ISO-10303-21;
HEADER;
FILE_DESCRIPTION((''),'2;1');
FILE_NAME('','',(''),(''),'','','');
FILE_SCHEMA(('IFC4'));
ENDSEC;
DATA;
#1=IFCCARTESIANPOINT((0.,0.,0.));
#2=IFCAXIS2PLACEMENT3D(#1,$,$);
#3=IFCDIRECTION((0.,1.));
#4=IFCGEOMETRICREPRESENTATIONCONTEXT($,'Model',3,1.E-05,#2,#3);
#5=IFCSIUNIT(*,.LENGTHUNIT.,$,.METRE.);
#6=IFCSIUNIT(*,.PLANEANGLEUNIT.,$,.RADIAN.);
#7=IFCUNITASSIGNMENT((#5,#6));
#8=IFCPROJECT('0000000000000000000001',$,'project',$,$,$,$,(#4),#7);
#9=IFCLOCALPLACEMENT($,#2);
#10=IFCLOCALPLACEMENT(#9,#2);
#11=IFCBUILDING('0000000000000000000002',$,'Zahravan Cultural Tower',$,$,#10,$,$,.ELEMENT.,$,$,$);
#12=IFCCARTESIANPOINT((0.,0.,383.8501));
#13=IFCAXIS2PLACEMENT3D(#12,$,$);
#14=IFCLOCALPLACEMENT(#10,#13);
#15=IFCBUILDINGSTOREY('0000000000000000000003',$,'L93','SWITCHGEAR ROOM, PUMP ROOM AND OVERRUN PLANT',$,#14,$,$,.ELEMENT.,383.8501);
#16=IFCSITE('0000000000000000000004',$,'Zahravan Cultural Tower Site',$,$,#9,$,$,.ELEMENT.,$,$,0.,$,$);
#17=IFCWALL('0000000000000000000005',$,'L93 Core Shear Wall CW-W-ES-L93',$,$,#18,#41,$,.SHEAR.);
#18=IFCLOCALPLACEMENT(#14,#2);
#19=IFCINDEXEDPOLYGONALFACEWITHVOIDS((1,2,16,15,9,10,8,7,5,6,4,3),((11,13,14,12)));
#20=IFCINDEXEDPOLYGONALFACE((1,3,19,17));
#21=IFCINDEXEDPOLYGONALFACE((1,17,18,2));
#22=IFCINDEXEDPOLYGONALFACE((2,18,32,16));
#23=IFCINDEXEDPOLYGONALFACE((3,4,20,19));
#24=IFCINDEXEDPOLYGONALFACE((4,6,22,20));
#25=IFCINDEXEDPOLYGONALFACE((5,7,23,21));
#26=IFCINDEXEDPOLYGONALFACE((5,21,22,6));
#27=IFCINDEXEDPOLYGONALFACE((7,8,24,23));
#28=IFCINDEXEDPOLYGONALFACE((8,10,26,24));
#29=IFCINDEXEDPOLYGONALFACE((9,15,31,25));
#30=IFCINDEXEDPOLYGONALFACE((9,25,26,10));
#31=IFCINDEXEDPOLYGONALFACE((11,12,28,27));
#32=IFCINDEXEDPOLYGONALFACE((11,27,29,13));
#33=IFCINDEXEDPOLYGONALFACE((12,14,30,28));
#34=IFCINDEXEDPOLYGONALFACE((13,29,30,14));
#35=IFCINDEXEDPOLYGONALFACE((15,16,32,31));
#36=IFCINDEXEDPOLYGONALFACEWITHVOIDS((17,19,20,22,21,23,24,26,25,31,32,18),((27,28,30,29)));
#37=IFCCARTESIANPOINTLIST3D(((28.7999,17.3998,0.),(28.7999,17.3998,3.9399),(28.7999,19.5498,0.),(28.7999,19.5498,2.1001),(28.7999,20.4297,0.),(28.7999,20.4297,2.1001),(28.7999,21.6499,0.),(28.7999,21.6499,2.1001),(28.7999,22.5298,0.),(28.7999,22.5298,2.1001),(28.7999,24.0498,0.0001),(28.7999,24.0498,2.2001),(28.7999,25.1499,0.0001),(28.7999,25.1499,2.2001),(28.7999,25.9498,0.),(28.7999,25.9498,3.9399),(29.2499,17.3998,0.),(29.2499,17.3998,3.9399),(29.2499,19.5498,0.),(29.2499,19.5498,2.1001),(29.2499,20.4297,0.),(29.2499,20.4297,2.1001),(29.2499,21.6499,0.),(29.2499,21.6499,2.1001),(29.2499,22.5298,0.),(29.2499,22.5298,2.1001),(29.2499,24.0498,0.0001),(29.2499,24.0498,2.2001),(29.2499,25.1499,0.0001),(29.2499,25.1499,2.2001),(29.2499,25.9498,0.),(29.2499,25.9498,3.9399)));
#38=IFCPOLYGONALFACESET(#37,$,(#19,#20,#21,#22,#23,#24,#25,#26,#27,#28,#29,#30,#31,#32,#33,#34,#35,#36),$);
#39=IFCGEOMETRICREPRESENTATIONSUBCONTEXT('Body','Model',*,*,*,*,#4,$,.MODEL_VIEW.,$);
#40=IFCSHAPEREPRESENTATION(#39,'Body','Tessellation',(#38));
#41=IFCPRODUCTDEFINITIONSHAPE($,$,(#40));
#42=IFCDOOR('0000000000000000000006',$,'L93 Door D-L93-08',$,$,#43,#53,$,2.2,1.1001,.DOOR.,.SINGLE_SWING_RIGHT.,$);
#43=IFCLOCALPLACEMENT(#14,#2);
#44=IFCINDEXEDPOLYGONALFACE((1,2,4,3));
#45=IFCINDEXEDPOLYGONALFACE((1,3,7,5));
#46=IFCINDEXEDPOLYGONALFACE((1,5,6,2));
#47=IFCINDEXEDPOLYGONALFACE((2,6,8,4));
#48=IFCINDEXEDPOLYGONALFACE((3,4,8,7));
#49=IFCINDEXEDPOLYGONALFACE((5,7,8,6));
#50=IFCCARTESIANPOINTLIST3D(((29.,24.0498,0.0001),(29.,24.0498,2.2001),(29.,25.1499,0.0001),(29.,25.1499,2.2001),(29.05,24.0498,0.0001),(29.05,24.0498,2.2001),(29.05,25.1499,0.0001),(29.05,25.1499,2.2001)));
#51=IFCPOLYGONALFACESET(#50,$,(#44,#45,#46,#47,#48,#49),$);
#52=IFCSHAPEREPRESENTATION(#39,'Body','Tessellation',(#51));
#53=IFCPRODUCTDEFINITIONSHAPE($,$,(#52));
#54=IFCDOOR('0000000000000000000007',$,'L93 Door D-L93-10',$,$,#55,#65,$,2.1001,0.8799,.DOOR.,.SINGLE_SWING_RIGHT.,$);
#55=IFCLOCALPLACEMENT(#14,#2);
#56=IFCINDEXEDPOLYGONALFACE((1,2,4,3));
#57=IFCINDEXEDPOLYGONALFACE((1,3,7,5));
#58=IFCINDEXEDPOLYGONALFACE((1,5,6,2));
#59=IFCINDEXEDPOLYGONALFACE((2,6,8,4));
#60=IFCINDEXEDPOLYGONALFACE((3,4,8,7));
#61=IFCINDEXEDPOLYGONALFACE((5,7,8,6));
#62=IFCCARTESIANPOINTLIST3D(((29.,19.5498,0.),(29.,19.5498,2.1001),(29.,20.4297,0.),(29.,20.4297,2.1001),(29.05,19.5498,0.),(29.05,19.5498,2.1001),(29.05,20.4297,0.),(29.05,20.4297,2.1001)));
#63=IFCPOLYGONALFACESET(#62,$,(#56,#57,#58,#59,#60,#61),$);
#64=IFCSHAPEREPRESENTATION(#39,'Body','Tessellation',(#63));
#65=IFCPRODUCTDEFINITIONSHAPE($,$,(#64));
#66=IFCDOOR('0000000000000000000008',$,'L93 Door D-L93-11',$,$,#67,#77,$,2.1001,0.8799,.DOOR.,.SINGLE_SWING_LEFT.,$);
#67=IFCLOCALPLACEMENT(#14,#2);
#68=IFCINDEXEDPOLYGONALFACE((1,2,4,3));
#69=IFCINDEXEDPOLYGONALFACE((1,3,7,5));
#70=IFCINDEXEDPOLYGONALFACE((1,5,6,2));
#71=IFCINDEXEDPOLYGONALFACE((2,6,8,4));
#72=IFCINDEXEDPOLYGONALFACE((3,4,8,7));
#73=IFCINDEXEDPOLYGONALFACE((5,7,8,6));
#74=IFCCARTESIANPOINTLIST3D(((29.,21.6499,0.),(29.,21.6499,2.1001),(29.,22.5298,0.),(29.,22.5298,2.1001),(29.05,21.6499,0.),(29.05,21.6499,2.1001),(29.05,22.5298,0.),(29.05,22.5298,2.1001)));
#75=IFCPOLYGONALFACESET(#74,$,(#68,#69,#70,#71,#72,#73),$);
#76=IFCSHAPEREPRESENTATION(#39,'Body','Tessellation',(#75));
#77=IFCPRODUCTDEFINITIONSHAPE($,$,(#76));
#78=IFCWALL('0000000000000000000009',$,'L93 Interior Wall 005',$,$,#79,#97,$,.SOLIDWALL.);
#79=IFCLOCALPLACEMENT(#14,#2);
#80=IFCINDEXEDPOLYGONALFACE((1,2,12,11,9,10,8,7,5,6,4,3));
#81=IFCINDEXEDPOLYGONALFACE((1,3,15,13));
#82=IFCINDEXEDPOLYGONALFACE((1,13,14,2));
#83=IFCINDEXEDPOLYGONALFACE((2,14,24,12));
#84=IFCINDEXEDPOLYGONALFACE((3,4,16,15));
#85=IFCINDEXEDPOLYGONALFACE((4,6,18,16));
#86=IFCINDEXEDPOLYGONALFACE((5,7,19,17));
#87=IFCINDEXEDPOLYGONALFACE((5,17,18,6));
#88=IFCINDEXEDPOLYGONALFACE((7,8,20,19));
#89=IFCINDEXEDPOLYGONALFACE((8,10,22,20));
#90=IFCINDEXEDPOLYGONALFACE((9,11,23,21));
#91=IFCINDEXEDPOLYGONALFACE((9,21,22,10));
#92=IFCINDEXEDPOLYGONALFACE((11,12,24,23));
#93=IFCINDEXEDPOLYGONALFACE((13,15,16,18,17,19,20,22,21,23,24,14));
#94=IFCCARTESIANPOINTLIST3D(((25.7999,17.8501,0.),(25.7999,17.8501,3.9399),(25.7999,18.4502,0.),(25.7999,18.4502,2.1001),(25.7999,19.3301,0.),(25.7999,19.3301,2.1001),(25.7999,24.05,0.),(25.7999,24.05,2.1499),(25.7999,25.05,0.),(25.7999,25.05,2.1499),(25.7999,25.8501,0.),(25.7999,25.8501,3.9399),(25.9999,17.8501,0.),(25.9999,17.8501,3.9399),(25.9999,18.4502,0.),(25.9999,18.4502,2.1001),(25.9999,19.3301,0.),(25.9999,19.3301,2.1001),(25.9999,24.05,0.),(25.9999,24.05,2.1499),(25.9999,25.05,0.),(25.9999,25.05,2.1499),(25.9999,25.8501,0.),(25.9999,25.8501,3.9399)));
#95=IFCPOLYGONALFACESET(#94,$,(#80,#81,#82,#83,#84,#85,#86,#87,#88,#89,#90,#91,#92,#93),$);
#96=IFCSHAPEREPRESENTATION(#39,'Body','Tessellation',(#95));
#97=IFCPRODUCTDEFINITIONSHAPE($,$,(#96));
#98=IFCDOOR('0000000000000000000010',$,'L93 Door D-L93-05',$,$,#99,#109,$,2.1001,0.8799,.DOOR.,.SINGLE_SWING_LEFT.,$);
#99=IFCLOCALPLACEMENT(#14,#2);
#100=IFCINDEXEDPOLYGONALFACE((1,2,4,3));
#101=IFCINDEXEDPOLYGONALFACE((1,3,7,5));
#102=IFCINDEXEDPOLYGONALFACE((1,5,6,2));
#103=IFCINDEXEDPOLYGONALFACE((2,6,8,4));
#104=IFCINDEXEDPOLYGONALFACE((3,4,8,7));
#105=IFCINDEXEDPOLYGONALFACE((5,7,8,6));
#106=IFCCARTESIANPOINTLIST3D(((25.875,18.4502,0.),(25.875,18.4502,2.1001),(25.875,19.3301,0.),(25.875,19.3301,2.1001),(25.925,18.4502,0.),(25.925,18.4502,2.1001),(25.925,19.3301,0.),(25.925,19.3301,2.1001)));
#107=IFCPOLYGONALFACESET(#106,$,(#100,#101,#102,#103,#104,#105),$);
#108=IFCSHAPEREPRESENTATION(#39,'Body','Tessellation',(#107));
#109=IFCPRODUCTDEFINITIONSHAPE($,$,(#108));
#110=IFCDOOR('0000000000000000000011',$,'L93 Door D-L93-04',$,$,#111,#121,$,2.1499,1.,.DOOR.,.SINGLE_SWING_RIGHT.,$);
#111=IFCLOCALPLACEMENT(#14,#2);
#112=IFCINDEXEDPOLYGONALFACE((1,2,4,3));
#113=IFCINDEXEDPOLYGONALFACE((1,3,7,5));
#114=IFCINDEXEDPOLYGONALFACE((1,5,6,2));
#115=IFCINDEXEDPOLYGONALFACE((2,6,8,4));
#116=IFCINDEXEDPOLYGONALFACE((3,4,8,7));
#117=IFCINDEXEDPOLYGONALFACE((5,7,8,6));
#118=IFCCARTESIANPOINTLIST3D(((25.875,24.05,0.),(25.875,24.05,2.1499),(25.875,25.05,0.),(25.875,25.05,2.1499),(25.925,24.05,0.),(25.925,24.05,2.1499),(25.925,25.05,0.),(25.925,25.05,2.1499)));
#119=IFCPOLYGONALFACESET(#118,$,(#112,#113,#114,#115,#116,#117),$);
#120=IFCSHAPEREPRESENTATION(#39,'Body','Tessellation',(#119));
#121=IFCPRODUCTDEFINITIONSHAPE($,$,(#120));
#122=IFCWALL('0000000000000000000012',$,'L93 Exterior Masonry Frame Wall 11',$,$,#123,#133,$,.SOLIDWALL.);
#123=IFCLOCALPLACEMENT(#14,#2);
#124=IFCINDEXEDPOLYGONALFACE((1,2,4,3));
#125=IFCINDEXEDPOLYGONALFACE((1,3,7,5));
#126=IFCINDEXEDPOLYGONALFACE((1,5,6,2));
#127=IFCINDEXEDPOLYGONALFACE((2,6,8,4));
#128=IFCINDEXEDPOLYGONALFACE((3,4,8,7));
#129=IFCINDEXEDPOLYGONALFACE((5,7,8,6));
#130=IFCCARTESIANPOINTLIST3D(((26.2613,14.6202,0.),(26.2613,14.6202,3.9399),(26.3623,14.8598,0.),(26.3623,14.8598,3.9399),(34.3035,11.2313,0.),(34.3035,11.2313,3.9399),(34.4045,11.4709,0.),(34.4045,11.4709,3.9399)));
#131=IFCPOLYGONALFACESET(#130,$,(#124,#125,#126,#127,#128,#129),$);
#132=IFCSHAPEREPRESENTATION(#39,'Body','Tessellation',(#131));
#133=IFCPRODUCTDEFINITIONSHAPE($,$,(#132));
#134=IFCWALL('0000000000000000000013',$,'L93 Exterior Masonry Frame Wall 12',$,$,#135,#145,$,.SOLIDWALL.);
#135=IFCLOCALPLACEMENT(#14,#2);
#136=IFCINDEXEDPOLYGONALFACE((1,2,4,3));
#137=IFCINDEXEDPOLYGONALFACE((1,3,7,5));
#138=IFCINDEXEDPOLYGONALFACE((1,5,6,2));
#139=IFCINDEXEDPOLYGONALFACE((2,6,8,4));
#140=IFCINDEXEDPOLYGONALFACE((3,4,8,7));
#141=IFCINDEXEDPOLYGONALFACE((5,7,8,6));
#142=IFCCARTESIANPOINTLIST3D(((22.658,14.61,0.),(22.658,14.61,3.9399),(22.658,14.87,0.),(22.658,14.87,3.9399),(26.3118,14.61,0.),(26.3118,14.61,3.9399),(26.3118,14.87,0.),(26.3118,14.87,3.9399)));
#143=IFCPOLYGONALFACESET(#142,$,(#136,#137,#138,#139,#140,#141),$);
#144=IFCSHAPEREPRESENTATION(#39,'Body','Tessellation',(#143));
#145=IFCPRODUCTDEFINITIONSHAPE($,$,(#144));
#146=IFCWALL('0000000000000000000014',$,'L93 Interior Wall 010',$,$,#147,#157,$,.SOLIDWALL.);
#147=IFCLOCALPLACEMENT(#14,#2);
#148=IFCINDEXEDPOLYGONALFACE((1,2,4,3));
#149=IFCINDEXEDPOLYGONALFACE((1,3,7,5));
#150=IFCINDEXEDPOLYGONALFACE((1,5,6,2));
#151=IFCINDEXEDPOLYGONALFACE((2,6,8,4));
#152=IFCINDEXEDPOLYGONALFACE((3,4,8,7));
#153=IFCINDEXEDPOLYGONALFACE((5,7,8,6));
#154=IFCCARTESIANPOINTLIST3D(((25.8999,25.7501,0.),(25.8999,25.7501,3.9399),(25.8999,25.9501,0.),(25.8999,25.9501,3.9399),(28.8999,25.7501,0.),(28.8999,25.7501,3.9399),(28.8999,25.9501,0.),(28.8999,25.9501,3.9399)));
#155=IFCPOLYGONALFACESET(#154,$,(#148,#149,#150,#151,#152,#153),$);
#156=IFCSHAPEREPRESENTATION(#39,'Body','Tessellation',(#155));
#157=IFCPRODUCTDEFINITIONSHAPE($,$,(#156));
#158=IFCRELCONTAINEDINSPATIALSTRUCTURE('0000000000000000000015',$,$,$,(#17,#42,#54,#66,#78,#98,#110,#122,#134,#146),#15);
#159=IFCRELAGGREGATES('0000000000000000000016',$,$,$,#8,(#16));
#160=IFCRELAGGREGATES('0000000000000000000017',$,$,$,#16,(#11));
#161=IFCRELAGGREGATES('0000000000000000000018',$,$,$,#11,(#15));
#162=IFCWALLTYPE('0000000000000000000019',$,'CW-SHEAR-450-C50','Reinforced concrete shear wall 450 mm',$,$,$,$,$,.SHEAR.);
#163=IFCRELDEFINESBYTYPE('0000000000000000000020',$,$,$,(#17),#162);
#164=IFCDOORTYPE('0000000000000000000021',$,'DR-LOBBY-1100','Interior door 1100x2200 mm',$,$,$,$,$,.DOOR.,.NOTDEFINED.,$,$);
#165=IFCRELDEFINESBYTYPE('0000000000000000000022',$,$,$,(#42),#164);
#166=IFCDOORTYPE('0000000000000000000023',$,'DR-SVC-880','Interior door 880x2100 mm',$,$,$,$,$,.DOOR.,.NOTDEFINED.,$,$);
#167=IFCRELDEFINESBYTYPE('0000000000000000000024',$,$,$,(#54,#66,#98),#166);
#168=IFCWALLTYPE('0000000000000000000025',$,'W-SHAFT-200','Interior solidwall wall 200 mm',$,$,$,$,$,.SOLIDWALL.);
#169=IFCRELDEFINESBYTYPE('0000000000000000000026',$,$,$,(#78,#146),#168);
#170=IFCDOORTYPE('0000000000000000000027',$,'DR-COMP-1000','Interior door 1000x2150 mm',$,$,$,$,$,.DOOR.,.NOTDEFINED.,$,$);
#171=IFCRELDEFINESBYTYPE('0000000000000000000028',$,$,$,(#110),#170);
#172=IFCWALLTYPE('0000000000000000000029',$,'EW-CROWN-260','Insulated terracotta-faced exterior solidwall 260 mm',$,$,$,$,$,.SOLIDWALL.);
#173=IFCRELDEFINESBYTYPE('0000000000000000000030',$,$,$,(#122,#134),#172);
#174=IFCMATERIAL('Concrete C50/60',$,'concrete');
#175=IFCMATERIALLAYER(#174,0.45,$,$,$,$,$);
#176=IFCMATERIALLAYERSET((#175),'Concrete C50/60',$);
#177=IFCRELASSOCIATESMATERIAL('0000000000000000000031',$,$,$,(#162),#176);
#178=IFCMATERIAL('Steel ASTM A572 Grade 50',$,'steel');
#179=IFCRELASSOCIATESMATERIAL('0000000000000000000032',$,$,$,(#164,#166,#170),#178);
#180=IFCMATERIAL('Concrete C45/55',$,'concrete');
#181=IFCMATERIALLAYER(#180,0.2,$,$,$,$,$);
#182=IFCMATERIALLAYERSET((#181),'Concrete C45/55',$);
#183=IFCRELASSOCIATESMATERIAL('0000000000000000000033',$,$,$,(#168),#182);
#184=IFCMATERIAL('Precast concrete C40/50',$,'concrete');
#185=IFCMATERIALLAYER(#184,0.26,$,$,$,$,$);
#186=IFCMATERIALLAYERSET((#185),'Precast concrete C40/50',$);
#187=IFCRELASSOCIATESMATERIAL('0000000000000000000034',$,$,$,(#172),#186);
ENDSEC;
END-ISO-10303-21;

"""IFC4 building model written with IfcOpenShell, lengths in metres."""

from ifc_helpers import new_model, si_unit, direction, frame, frame_2d, origin, place, context, subcontext, project, spatial, rectangle, extrude, source, transform, mapped, material, layer, layer_set, type_object, element, fill, save


model = new_model("IFC4")

# Units and contexts
model_context = context("Model", 3, precision=1e-05, world=origin(), true_north=direction((0.0, 1.0)))
body_context = subcontext(model_context, "Body", "Model", "MODEL_VIEW")
ifc_project = project(units=[si_unit("LENGTHUNIT", "METRE"), si_unit("PLANEANGLEUNIT", "RADIAN")], contexts=[model_context])

# Site, building, storey
site_placement = place(None, origin())
site = spatial("IfcSite", under=ifc_project, at=site_placement, Name="Zahravan Cultural Tower Site", CompositionType="ELEMENT", RefElevation=0.0)
building_placement = place(site_placement, origin())
building = spatial("IfcBuilding", under=site, at=building_placement, Name="Zahravan Cultural Tower", CompositionType="ELEMENT")
storey_placement = place(building_placement, frame((0.0, 0.0, 383.8501)))
storey = spatial("IfcBuildingStorey", under=building, at=storey_placement, Name="L93", Description="SWITCHGEAR ROOM, PUMP ROOM AND OVERRUN PLANT", CompositionType="ELEMENT", Elevation=383.8501)

# Shared definitions
ifc_material_1 = material(Name="Concrete C45/55", Category="concrete")

# Shared definitions
ifc_material_2 = material(Name="Concrete C50/60", Category="concrete")

# Wall, openings, doors
ifc_layer_1 = layer(ifc_material_2, 0.45)
ifc_layer_set_1 = layer_set([ifc_layer_1], Name="Concrete C50/60")
wall_type_1 = type_object("IfcWallType", Name="CW-SHEAR-450-C50", Description="Reinforced concrete shear wall 450 mm", PredefinedType="SHEAR", material=ifc_layer_set_1)
wall_1_placement = place(storey_placement, frame((29.0249, 17.3999, 0.0), z_axis=(0.0, 0.0, 1.0), x_axis=(0.0, 1.0, 0.0)))
wall_1 = element("IfcWall", 1, at=wall_1_placement, inside=storey, type_object=wall_type_1, Name="L93 Core Shear Wall CW-W-ES-L93", PredefinedType="SHEAR", context=body_context, shape_type="SweptSolid", body=[
    extrude(rectangle(XDim=8.55, YDim=0.45, at=frame_2d((4.2749, 0.0))), origin(), (0.0, 0.0, 1.0), 3.9399),
])
opening_1_placement = place(wall_1_placement, frame((6.6499, 0.0, 0.0)))
opening_1 = element("IfcOpeningElement", 2, at=opening_1_placement, cuts=wall_1, PredefinedType="OPENING", context=body_context, shape_type="SweptSolid", body=[
    extrude(rectangle(XDim=1.1001, YDim=2.2, at=frame_2d((0.55, 1.1001))), frame((0.0, 0.2349, 0.0), z_axis=(0.0, -1.0, 0.0), x_axis=(1.0, 0.0, 0.0)), (0.0, 0.0, 1.0), 0.47),
])
opening_2_placement = place(wall_1_placement, frame((2.1499, 0.0, 0.0)))
opening_2 = element("IfcOpeningElement", 3, at=opening_2_placement, cuts=wall_1, PredefinedType="OPENING", context=body_context, shape_type="SweptSolid", body=[
    extrude(rectangle(XDim=0.8799, YDim=2.1001, at=frame_2d((0.4399, 1.05))), frame((0.0, 0.2349, 0.0), z_axis=(0.0, -1.0, 0.0), x_axis=(1.0, 0.0, 0.0)), (0.0, 0.0, 1.0), 0.47),
])
opening_3_placement = place(wall_1_placement, frame((4.25, 0.0, 0.0)))
opening_3 = element("IfcOpeningElement", 4, at=opening_3_placement, cuts=wall_1, PredefinedType="OPENING", context=body_context, shape_type="SweptSolid", body=[
    extrude(rectangle(XDim=0.8799, YDim=2.1001, at=frame_2d((0.4399, 1.05))), frame((0.0, 0.2349, 0.0), z_axis=(0.0, -1.0, 0.0), x_axis=(1.0, 0.0, 0.0)), (0.0, 0.0, 1.0), 0.47),
])
ifc_material_3 = material(Name="Steel ASTM A572 Grade 50", Category="steel")
door_type_1 = type_object("IfcDoorType", Name="DR-LOBBY-1100", Description="Interior door 1100x2200 mm", OperationType="NOTDEFINED", PredefinedType="DOOR", material=ifc_material_3)
shared_shape_1 = source(origin(), body_context, "Body", "SweptSolid", [
    extrude(rectangle(XDim=1.1001, YDim=2.2, at=frame_2d((0.55, 1.1001))), frame((0.0, 0.0249, 0.0), z_axis=(0.0, -1.0, 0.0), x_axis=(1.0, 0.0, 0.0)), (0.0, 0.0, 1.0), 0.05),
])
door_1_placement = place(opening_1_placement, origin())
door_1 = element("IfcDoor", 5, at=door_1_placement, inside=storey, type_object=door_type_1, Name="L93 Door D-L93-08", OperationType="SINGLE_SWING_RIGHT", OverallHeight=2.2, OverallWidth=1.1001, PredefinedType="DOOR", context=body_context, shape_type="MappedRepresentation", body=[
    mapped(shared_shape_1, transform((0.0, 0.0, 0.0), x_axis=(1.0, 0.0, 0.0), y_axis=(0.0, 1.0, 0.0), z_axis=(0.0, 0.0, 1.0), scale=1.0)),
])
fill(opening_1, door_1)
door_type_2 = type_object("IfcDoorType", Name="DR-SVC-880", Description="Interior door 880x2100 mm", OperationType="NOTDEFINED", PredefinedType="DOOR", material=ifc_material_3)
shared_shape_2 = source(origin(), body_context, "Body", "SweptSolid", [
    extrude(rectangle(XDim=0.8799, YDim=2.1001, at=frame_2d((0.4399, 1.05))), frame((0.0, 0.0249, 0.0), z_axis=(0.0, -1.0, 0.0), x_axis=(1.0, 0.0, 0.0)), (0.0, 0.0, 1.0), 0.05),
])
door_2_placement = place(opening_2_placement, origin())
door_2 = element("IfcDoor", 6, at=door_2_placement, inside=storey, type_object=door_type_2, Name="L93 Door D-L93-10", OperationType="SINGLE_SWING_RIGHT", OverallHeight=2.1001, OverallWidth=0.8799, PredefinedType="DOOR", context=body_context, shape_type="MappedRepresentation", body=[
    mapped(shared_shape_2, transform((0.0, 0.0, 0.0), x_axis=(1.0, 0.0, 0.0), y_axis=(0.0, 1.0, 0.0), z_axis=(0.0, 0.0, 1.0), scale=1.0)),
])
fill(opening_2, door_2)
door_3_placement = place(opening_3_placement, origin())
door_3 = element("IfcDoor", 7, at=door_3_placement, inside=storey, type_object=door_type_2, Name="L93 Door D-L93-11", OperationType="SINGLE_SWING_LEFT", OverallHeight=2.1001, OverallWidth=0.8799, PredefinedType="DOOR", context=body_context, shape_type="MappedRepresentation", body=[
    mapped(shared_shape_2, transform((0.0, 0.0, 0.0), x_axis=(1.0, 0.0, 0.0), y_axis=(0.0, 1.0, 0.0), z_axis=(0.0, 0.0, 1.0), scale=1.0)),
])
fill(opening_3, door_3)

# Shared definitions
door_type_3 = type_object("IfcDoorType", Name="DR-COMP-1000", Description="Interior door 1000x2150 mm", OperationType="NOTDEFINED", PredefinedType="DOOR", material=ifc_material_3)
shared_shape_3 = source(origin(), body_context, "Body", "SweptSolid", [
    extrude(rectangle(XDim=1.0, YDim=2.1499, at=frame_2d((0.5, 1.075))), frame((0.0, 0.0249, 0.0), z_axis=(0.0, -1.0, 0.0), x_axis=(1.0, 0.0, 0.0)), (0.0, 0.0, 1.0), 0.05),
])

# Wall, openings, doors
ifc_layer_2 = layer(ifc_material_1, 0.2)
ifc_layer_set_2 = layer_set([ifc_layer_2], Name="Concrete C45/55")
wall_type_2 = type_object("IfcWallType", Name="W-SHAFT-200", Description="Interior solidwall wall 200 mm", PredefinedType="SOLIDWALL", material=ifc_layer_set_2)
wall_2_placement = place(storey_placement, frame((25.8999, 17.8501, 0.0), z_axis=(0.0, 0.0, 1.0), x_axis=(0.0, 1.0, 0.0)))
wall_2 = element("IfcWall", 8, at=wall_2_placement, inside=storey, type_object=wall_type_2, Name="L93 Interior Wall 005", PredefinedType="SOLIDWALL", context=body_context, shape_type="SweptSolid", body=[
    extrude(rectangle(XDim=8.0, YDim=0.2, at=frame_2d((4.0, 0.0))), origin(), (0.0, 0.0, 1.0), 3.9399),
])
opening_4_placement = place(wall_2_placement, frame((6.2, 0.0, 0.0)))
opening_4 = element("IfcOpeningElement", 9, at=opening_4_placement, cuts=wall_2, PredefinedType="OPENING", context=body_context, shape_type="SweptSolid", body=[
    extrude(rectangle(XDim=1.0, YDim=2.1499, at=frame_2d((0.5, 1.075))), frame((0.0, 0.1099, 0.0), z_axis=(0.0, -1.0, 0.0), x_axis=(1.0, 0.0, 0.0)), (0.0, 0.0, 1.0), 0.22),
])
opening_5_placement = place(wall_2_placement, frame((0.6001, 0.0, 0.0)))
opening_5 = element("IfcOpeningElement", 10, at=opening_5_placement, cuts=wall_2, PredefinedType="OPENING", context=body_context, shape_type="SweptSolid", body=[
    extrude(rectangle(XDim=0.8799, YDim=2.1001, at=frame_2d((0.4399, 1.05))), frame((0.0, 0.1099, 0.0), z_axis=(0.0, -1.0, 0.0), x_axis=(1.0, 0.0, 0.0)), (0.0, 0.0, 1.0), 0.22),
])
door_4_placement = place(opening_5_placement, origin())
door_4 = element("IfcDoor", 11, at=door_4_placement, inside=storey, type_object=door_type_2, Name="L93 Door D-L93-05", OperationType="SINGLE_SWING_LEFT", OverallHeight=2.1001, OverallWidth=0.8799, PredefinedType="DOOR", context=body_context, shape_type="MappedRepresentation", body=[
    mapped(shared_shape_2, transform((0.0, 0.0, 0.0), x_axis=(1.0, 0.0, 0.0), y_axis=(0.0, 1.0, 0.0), z_axis=(0.0, 0.0, 1.0), scale=1.0)),
])
fill(opening_5, door_4)
door_5_placement = place(opening_4_placement, origin())
door_5 = element("IfcDoor", 12, at=door_5_placement, inside=storey, type_object=door_type_3, Name="L93 Door D-L93-04", OperationType="SINGLE_SWING_RIGHT", OverallHeight=2.1499, OverallWidth=1.0, PredefinedType="DOOR", context=body_context, shape_type="MappedRepresentation", body=[
    mapped(shared_shape_3, transform((0.0, 0.0, 0.0), x_axis=(1.0, 0.0, 0.0), y_axis=(0.0, 1.0, 0.0), z_axis=(0.0, 0.0, 1.0), scale=1.0)),
])
fill(opening_4, door_5)

# Walls
ifc_material_4 = material(Name="Precast concrete C40/50", Category="concrete")
ifc_layer_3 = layer(ifc_material_4, 0.26)
ifc_layer_set_3 = layer_set([ifc_layer_3], Name="Precast concrete C40/50")
wall_type_3 = type_object("IfcWallType", Name="EW-CROWN-260", Description="Insulated terracotta-faced exterior solidwall 260 mm", PredefinedType="SOLIDWALL", material=ifc_layer_set_3)
shared_shape_4 = source(origin(), body_context, "Body", "SweptSolid", [
    extrude(rectangle(XDim=8.7271, YDim=0.26, at=frame_2d((4.3635, 0.0))), origin(), (0.0, 0.0, 1.0), 3.9399),
])
wall_3_placement = place(storey_placement, frame((34.354, 11.3511, 0.0), z_axis=(0.0, 0.0, 1.0), x_axis=(-0.921524, 0.388321, 0.0)))
element("IfcWall", 13, at=wall_3_placement, inside=storey, type_object=wall_type_3, Name="L93 Exterior Masonry Frame Wall 11", PredefinedType="SOLIDWALL", context=body_context, shape_type="MappedRepresentation", body=[
    mapped(shared_shape_4, transform((0.0, 0.0, 0.0), x_axis=(1.0, 0.0, 0.0), y_axis=(0.0, 1.0, 0.0), z_axis=(0.0, 0.0, 1.0), scale=1.0)),
])
shared_shape_5 = source(origin(), body_context, "Body", "SweptSolid", [
    extrude(rectangle(XDim=3.6538, YDim=0.26, at=frame_2d((1.8269, 0.0))), origin(), (0.0, 0.0, 1.0), 3.9399),
])
wall_4_placement = place(storey_placement, frame((26.3118, 14.74, 0.0), z_axis=(0.0, 0.0, 1.0), x_axis=(-1.0, 0.0, 0.0)))
element("IfcWall", 14, at=wall_4_placement, inside=storey, type_object=wall_type_3, Name="L93 Exterior Masonry Frame Wall 12", PredefinedType="SOLIDWALL", context=body_context, shape_type="MappedRepresentation", body=[
    mapped(shared_shape_5, transform((0.0, 0.0, 0.0), x_axis=(1.0, 0.0, 0.0), y_axis=(0.0, 1.0, 0.0), z_axis=(0.0, 0.0, 1.0), scale=1.0)),
])
shared_shape_6 = source(origin(), body_context, "Body", "SweptSolid", [
    extrude(rectangle(XDim=3.0, YDim=0.2, at=frame_2d((1.5, 0.0))), origin(), (0.0, 0.0, 1.0), 3.9399),
])
wall_5_placement = place(storey_placement, frame((25.8999, 25.8501, 0.0), z_axis=(0.0, 0.0, 1.0), x_axis=(1.0, 0.0, 0.0)))
element("IfcWall", 15, at=wall_5_placement, inside=storey, type_object=wall_type_2, Name="L93 Interior Wall 010", PredefinedType="SOLIDWALL", context=body_context, shape_type="MappedRepresentation", body=[
    mapped(shared_shape_6, transform((0.0, 0.0, 0.0), x_axis=(1.0, 0.0, 0.0), y_axis=(0.0, 1.0, 0.0), z_axis=(0.0, 0.0, 1.0), scale=1.0)),
])

save(model, "model.ifc")
